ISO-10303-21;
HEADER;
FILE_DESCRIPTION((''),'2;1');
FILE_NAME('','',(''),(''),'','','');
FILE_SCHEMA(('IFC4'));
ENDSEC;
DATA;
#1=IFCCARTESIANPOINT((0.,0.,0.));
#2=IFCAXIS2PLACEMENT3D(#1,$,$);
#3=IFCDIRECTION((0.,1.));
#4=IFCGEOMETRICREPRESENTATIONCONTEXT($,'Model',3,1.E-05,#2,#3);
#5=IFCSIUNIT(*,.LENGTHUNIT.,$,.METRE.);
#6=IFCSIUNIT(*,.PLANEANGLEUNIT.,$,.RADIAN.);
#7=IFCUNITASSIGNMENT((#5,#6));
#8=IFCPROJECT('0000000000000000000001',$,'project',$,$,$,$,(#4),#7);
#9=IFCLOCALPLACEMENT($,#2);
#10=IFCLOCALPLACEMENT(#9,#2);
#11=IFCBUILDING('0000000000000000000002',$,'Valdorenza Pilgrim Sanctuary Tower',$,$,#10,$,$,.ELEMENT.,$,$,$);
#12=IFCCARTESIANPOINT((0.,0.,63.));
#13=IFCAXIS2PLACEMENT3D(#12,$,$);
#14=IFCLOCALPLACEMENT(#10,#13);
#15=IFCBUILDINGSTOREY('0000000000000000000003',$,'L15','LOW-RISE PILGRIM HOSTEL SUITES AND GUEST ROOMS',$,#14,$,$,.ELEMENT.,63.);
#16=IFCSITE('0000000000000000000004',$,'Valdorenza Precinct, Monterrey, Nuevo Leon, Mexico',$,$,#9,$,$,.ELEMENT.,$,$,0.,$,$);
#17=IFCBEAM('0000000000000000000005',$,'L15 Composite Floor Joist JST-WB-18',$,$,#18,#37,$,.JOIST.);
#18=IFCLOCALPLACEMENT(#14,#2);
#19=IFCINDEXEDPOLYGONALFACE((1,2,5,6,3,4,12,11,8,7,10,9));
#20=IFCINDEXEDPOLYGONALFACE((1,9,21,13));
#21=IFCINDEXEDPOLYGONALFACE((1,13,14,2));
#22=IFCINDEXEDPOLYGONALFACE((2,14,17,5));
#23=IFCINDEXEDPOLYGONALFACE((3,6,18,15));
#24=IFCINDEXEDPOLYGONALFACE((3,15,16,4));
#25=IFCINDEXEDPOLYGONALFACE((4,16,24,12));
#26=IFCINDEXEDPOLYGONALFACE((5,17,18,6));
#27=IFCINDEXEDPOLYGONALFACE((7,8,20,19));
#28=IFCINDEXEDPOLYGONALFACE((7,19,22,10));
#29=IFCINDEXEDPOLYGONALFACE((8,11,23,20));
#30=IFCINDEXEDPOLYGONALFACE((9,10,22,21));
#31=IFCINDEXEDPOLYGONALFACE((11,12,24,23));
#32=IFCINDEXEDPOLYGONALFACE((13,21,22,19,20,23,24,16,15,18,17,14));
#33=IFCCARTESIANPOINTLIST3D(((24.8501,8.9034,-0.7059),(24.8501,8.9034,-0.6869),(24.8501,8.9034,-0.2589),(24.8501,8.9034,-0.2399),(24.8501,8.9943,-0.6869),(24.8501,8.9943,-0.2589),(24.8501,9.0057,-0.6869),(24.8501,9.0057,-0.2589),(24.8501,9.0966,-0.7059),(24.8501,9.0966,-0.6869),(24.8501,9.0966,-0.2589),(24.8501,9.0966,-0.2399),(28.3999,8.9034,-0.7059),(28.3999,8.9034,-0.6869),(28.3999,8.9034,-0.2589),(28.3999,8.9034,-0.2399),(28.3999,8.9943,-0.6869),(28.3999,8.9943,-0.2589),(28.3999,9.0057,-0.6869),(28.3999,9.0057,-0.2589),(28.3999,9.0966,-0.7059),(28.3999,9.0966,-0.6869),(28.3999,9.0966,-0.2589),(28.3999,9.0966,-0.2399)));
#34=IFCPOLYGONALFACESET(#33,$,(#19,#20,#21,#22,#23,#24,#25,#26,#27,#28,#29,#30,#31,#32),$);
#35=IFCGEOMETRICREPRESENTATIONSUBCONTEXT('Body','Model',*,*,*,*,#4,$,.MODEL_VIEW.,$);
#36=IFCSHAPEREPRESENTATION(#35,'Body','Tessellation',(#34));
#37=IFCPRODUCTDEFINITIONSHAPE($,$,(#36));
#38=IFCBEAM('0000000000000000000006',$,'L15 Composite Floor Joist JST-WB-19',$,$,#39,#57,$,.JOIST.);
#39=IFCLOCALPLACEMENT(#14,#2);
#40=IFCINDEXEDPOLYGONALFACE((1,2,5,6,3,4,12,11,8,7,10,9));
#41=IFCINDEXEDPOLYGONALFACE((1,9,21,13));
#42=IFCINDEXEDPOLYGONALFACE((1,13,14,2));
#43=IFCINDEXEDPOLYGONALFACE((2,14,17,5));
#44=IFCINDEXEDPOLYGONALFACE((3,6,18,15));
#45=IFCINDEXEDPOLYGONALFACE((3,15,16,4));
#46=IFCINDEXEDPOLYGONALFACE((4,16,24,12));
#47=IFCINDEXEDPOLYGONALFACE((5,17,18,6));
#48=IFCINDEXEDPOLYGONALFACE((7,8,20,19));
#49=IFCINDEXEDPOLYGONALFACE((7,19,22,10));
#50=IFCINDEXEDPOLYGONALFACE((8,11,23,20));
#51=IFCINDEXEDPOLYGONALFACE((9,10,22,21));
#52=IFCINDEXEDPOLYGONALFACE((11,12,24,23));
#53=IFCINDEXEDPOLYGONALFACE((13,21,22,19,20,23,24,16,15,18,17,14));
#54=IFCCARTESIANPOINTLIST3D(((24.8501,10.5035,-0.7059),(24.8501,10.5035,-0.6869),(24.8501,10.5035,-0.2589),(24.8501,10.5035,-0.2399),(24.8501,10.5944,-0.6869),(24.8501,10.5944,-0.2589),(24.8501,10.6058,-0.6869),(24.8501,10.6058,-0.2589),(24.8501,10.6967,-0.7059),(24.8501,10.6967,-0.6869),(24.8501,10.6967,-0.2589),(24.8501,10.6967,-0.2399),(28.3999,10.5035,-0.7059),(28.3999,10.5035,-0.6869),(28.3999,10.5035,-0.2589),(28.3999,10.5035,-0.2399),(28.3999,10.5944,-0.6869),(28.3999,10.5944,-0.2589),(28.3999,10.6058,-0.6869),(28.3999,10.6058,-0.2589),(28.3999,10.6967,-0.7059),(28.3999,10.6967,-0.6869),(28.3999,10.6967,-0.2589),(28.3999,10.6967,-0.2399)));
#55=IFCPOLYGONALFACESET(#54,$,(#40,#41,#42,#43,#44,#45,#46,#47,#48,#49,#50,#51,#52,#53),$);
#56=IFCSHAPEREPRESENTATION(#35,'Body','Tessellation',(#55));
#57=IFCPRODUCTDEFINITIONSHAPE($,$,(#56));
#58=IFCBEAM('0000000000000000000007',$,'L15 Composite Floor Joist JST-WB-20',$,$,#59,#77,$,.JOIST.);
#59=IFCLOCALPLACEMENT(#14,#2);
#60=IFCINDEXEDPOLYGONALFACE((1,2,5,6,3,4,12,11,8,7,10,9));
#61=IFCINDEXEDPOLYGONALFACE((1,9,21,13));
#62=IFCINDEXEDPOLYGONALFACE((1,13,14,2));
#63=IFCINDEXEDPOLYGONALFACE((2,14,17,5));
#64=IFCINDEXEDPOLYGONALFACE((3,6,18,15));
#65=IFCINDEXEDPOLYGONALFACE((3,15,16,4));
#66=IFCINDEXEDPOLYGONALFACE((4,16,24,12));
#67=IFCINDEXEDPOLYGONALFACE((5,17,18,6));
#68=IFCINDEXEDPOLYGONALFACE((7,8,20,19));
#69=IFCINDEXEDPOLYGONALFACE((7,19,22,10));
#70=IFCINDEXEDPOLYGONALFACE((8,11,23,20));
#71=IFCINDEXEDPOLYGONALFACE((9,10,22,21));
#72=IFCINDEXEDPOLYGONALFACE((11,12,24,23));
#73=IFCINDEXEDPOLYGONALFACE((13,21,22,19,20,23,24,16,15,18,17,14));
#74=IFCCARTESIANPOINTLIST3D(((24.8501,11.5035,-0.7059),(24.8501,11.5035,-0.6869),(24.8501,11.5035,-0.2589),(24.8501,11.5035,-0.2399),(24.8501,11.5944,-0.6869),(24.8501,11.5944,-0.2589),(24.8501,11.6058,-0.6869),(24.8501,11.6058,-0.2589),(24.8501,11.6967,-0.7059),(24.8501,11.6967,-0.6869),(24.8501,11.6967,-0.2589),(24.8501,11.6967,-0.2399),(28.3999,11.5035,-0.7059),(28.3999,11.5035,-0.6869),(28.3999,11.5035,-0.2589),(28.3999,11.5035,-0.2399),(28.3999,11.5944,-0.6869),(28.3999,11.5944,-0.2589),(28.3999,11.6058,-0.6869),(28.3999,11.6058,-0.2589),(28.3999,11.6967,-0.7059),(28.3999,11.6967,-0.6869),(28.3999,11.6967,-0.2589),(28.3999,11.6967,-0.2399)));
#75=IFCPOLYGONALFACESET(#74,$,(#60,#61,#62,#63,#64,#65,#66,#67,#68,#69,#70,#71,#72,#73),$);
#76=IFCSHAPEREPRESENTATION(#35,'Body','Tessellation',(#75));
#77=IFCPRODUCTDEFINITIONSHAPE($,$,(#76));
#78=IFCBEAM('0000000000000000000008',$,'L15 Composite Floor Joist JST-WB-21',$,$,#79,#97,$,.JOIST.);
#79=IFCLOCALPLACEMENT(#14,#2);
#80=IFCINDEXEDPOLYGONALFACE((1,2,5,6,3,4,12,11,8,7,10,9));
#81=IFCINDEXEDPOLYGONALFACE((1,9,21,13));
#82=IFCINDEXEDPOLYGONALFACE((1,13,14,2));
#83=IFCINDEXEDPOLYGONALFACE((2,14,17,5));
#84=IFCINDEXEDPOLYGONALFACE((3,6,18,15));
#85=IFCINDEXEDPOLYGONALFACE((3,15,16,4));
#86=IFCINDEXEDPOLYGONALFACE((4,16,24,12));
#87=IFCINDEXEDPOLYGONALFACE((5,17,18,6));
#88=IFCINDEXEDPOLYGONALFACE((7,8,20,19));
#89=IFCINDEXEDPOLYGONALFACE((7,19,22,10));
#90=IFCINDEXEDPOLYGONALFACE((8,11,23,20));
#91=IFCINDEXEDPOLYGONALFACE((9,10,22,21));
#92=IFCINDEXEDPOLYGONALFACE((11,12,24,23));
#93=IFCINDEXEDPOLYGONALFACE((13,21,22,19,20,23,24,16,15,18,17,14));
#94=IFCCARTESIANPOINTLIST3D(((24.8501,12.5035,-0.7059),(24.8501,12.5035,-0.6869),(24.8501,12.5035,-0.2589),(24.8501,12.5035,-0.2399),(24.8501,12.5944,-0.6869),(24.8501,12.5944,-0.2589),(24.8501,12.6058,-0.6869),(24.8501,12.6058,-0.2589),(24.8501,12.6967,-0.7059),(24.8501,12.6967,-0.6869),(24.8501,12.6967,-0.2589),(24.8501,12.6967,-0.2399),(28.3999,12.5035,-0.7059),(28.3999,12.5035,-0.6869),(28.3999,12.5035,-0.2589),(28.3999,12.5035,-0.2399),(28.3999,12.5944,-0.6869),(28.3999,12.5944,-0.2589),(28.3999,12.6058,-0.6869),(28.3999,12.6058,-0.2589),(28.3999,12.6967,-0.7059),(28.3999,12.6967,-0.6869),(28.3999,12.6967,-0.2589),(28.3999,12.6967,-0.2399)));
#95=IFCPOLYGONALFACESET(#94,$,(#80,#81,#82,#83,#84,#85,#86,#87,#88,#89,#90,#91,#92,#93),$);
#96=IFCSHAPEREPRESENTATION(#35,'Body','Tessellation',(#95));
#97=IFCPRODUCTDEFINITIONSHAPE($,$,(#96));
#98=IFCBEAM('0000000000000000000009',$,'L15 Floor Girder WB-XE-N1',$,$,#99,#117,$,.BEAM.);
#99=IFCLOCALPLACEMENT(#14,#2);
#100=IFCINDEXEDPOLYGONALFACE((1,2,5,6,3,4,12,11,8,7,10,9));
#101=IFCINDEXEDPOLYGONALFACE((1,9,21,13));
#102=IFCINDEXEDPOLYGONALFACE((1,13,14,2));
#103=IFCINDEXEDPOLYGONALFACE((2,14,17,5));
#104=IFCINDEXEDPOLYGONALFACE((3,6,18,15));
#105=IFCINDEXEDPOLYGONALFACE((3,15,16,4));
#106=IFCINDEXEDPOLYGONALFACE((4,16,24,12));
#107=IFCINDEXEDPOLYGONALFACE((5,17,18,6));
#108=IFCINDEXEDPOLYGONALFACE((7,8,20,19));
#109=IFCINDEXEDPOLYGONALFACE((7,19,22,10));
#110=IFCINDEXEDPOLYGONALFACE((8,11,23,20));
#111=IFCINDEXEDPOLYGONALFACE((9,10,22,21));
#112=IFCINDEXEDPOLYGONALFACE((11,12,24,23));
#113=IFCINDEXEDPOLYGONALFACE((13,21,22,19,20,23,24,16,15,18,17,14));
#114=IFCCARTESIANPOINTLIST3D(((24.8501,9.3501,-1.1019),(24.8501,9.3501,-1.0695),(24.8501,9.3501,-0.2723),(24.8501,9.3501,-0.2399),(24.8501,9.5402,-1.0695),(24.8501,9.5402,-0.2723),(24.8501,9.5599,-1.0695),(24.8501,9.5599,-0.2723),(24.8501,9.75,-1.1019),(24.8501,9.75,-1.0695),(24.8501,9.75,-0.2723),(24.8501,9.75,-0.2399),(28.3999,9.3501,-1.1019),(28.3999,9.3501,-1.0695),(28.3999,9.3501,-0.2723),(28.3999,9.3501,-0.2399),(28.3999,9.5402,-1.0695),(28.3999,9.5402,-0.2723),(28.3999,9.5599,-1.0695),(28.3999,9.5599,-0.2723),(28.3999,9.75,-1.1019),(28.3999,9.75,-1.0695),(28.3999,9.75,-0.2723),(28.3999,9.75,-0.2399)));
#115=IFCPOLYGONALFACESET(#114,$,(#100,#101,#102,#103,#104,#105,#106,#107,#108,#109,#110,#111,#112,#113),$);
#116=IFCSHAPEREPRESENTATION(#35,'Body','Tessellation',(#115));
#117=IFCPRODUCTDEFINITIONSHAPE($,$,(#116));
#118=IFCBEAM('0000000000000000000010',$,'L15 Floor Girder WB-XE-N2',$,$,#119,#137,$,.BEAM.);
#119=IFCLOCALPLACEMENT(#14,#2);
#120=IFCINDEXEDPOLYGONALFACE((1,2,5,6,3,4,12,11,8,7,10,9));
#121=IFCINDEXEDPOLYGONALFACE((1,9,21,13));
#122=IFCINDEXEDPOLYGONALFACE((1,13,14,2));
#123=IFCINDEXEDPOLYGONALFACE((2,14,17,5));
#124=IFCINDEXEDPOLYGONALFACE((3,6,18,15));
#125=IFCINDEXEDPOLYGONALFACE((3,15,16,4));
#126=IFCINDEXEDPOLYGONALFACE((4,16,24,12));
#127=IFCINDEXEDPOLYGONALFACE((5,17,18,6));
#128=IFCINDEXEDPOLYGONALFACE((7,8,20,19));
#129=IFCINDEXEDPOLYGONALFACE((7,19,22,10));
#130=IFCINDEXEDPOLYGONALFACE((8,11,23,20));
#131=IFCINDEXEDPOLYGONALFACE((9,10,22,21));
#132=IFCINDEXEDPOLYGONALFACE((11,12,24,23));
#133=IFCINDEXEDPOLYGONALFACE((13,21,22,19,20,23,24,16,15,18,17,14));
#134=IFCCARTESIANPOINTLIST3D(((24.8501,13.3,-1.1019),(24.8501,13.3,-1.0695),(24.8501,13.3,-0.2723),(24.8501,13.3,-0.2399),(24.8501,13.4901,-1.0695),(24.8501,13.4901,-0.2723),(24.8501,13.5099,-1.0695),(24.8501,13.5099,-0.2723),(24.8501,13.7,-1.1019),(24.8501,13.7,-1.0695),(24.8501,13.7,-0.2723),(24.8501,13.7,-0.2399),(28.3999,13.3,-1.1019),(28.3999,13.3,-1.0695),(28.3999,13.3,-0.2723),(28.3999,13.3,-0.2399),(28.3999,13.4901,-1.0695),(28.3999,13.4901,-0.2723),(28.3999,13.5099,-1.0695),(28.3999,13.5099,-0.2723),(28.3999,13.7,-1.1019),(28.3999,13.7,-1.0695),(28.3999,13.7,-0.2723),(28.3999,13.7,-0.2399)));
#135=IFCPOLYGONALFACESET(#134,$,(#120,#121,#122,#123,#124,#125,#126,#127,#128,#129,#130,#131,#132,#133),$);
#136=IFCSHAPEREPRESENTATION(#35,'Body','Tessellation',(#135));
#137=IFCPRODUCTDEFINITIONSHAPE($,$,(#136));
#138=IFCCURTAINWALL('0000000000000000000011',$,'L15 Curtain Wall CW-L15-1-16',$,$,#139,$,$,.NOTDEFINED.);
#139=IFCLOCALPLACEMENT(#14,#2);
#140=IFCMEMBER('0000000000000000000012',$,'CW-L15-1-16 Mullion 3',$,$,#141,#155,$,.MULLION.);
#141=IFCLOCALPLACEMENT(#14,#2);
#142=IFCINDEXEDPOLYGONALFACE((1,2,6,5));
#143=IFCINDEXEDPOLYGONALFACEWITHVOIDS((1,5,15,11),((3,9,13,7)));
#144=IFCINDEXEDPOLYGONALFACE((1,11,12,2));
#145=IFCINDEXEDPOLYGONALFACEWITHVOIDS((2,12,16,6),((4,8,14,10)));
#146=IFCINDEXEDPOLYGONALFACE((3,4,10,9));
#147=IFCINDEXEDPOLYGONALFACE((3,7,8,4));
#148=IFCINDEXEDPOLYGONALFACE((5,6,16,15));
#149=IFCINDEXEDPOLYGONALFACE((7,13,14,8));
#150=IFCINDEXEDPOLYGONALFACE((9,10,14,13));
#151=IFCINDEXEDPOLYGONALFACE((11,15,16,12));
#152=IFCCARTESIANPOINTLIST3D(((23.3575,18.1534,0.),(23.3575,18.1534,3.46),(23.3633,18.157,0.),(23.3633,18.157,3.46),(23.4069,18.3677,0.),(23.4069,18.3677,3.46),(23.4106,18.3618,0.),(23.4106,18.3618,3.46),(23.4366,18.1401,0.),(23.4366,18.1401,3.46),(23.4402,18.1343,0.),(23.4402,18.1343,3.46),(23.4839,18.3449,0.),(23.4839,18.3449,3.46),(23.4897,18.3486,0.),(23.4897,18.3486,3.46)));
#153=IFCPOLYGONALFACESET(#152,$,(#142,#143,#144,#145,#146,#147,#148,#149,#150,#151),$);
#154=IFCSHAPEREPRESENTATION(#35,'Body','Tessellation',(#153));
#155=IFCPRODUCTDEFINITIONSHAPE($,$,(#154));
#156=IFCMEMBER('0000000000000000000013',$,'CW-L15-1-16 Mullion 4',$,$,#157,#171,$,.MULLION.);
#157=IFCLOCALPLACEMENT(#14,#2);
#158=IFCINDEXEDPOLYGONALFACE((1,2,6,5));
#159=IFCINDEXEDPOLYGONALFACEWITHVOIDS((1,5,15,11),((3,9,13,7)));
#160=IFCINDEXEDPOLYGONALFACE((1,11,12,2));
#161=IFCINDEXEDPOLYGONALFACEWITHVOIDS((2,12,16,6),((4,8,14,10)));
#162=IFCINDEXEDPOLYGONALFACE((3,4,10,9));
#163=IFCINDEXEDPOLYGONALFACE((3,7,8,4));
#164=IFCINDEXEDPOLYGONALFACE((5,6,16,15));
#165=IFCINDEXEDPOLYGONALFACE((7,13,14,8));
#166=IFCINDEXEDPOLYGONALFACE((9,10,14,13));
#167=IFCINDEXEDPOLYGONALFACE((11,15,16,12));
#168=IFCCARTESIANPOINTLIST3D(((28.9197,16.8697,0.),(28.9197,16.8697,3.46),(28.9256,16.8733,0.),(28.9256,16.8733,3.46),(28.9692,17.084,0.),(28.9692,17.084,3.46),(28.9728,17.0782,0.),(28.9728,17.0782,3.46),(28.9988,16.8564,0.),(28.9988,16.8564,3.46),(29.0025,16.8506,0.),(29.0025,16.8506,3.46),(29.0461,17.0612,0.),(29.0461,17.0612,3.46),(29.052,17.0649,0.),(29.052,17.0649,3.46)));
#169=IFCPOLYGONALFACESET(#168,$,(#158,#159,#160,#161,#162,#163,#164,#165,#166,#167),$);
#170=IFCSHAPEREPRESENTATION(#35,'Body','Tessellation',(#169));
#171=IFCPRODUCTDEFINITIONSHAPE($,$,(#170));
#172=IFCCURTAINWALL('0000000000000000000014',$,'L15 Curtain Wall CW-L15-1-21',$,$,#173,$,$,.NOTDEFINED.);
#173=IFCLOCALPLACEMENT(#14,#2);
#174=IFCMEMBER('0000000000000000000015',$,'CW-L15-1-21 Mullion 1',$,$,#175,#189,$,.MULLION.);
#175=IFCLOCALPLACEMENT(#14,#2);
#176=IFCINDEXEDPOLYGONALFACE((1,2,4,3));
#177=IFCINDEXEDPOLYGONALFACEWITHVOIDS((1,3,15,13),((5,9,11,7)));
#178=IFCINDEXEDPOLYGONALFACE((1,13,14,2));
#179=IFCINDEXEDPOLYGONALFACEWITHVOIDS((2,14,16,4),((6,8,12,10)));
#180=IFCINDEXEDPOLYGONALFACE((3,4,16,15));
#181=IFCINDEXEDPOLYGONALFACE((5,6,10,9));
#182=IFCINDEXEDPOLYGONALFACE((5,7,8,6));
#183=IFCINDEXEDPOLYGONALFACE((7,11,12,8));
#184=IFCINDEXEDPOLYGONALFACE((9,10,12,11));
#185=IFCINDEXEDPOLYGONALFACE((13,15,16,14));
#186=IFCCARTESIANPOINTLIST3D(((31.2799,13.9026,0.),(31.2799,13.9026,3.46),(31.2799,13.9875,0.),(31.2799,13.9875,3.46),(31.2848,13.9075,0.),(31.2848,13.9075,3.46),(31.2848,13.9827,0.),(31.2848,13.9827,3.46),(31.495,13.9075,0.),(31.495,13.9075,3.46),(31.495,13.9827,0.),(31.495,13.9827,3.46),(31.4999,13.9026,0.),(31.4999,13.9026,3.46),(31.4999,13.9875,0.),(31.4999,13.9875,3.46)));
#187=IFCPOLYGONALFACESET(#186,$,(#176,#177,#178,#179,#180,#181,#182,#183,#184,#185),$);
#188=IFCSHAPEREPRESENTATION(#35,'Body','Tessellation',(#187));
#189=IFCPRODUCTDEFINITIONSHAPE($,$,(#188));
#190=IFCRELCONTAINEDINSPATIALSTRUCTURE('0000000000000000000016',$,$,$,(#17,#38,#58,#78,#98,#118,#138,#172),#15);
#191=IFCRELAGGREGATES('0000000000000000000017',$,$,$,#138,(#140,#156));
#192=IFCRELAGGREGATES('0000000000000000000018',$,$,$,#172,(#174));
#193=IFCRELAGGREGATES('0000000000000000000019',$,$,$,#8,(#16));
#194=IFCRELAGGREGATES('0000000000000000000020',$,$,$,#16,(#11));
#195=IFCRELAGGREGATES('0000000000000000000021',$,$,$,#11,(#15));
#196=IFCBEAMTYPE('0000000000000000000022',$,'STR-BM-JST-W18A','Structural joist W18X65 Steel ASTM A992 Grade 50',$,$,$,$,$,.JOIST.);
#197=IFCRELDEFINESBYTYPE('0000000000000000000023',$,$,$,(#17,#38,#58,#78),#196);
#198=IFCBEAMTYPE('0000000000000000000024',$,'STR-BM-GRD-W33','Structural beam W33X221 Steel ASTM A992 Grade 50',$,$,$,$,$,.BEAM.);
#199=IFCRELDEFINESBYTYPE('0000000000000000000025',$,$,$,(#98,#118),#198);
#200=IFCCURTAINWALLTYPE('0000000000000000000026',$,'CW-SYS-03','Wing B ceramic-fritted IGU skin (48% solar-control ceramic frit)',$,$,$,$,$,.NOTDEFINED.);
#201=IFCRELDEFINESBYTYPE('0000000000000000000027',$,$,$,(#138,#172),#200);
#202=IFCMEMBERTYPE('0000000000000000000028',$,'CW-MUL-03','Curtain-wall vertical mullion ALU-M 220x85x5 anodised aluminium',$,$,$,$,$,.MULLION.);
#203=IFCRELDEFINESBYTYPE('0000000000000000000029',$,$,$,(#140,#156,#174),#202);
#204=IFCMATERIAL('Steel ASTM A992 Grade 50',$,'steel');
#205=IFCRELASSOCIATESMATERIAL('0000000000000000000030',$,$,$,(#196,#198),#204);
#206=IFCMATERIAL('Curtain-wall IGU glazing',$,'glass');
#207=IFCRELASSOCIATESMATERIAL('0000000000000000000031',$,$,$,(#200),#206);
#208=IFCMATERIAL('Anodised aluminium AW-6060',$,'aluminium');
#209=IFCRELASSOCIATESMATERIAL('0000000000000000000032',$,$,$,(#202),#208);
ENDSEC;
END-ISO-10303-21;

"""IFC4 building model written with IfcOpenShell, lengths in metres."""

from ifc_helpers import new_model, si_unit, direction, frame, origin, origin_2d, place, context, subcontext, project, spatial, hollow_rectangle, i_section, extrude, source, transform, mapped, material, material_profile, profile_set, type_object, element, aggregate, save


model = new_model("IFC4")

# Units and contexts
model_context = context("Model", 3, precision=1e-05, world=origin(), true_north=direction((0.0, 1.0)))
body_context = subcontext(model_context, "Body", "Model", "MODEL_VIEW")
ifc_project = project(units=[si_unit("LENGTHUNIT", "METRE"), si_unit("PLANEANGLEUNIT", "RADIAN")], contexts=[model_context])

# Site, building, storey
site_placement = place(None, origin())
site = spatial("IfcSite", under=ifc_project, at=site_placement, Name="Valdorenza Precinct, Monterrey, Nuevo Leon, Mexico", CompositionType="ELEMENT", RefElevation=0.0)
building_placement = place(site_placement, origin())
building = spatial("IfcBuilding", under=site, at=building_placement, Name="Valdorenza Pilgrim Sanctuary Tower", CompositionType="ELEMENT")
storey_placement = place(building_placement, frame((0.0, 0.0, 63.0)))
storey = spatial("IfcBuildingStorey", under=building, at=storey_placement, Name="L15", Description="LOW-RISE PILGRIM HOSTEL SUITES AND GUEST ROOMS", CompositionType="ELEMENT", Elevation=63.0)

# Beams
ifc_material_1 = material(Name="Steel ASTM A992 Grade 50", Category="steel")
ifc_material_profile_1 = material_profile(ifc_material_1, i_section(OverallWidth=0.1931, OverallDepth=0.4661, WebThickness=0.0115, FlangeThickness=0.019, at=origin_2d()), Name="W18X65")
ifc_profile_set_1 = profile_set([ifc_material_profile_1], Name="Steel ASTM A992 Grade 50")
beam_type_1 = type_object("IfcBeamType", Name="STR-BM-JST-W18A", Description="Structural joist W18X65 Steel ASTM A992 Grade 50", PredefinedType="JOIST", material=ifc_profile_set_1)
shared_shape_1 = source(origin(), body_context, "Body", "SweptSolid", [
    extrude(i_section(OverallWidth=0.1931, OverallDepth=0.4661, WebThickness=0.0115, FlangeThickness=0.019, at=origin_2d()), origin(), (0.0, 0.0, 1.0), 3.5498),
])
for number, where, z_axis, x_axis, name in (
    (1, (24.8501, 9.0, -0.4729), (1.0, 0.0, 0.0), (0.0, 1.0, 0.0), "L15 Composite Floor Joist JST-WB-18"),
    (2, (24.8501, 10.6001, -0.4729), (1.0, 0.0, 0.0), (0.0, 1.0, 0.0), "L15 Composite Floor Joist JST-WB-19"),
    (3, (24.8501, 11.6001, -0.4729), (1.0, 0.0, 0.0), (0.0, 1.0, 0.0), "L15 Composite Floor Joist JST-WB-20"),
    (4, (24.8501, 12.6001, -0.4729), (1.0, 0.0, 0.0), (0.0, 1.0, 0.0), "L15 Composite Floor Joist JST-WB-21"),
):
    element("IfcBeam", number, at=place(storey_placement, frame(where, z_axis=z_axis, x_axis=x_axis)), inside=storey, type_object=beam_type_1, Name=name, PredefinedType="JOIST", context=body_context, shape_type="MappedRepresentation", body=[
        mapped(shared_shape_1, transform((0.0, 0.0, 0.0), x_axis=(1.0, 0.0, 0.0), y_axis=(0.0, 1.0, 0.0), z_axis=(0.0, 0.0, 1.0), scale=1.0)),
    ])
ifc_material_profile_2 = material_profile(ifc_material_1, i_section(OverallWidth=0.3999, OverallDepth=0.8621, WebThickness=0.0198, FlangeThickness=0.0325, at=origin_2d()), Name="W33X221")
ifc_profile_set_2 = profile_set([ifc_material_profile_2], Name="Steel ASTM A992 Grade 50")
beam_type_2 = type_object("IfcBeamType", Name="STR-BM-GRD-W33", Description="Structural beam W33X221 Steel ASTM A992 Grade 50", PredefinedType="BEAM", material=ifc_profile_set_2)
shared_shape_2 = source(origin(), body_context, "Body", "SweptSolid", [
    extrude(i_section(OverallWidth=0.3999, OverallDepth=0.8621, WebThickness=0.0198, FlangeThickness=0.0325, at=origin_2d()), origin(), (0.0, 0.0, 1.0), 3.5498),
])
for number, where, z_axis, x_axis, name in (
    (5, (24.8501, 9.55, -0.6709), (1.0, 0.0, 0.0), (0.0, 1.0, 0.0), "L15 Floor Girder WB-XE-N1"),
    (6, (24.8501, 13.5, -0.6709), (1.0, 0.0, 0.0), (0.0, 1.0, 0.0), "L15 Floor Girder WB-XE-N2"),
):
    element("IfcBeam", number, at=place(storey_placement, frame(where, z_axis=z_axis, x_axis=x_axis)), inside=storey, type_object=beam_type_2, Name=name, PredefinedType="BEAM", context=body_context, shape_type="MappedRepresentation", body=[
        mapped(shared_shape_2, transform((0.0, 0.0, 0.0), x_axis=(1.0, 0.0, 0.0), y_axis=(0.0, 1.0, 0.0), z_axis=(0.0, 0.0, 1.0), scale=1.0)),
    ])

# Curtain walls, members
ifc_material_2 = material(Name="Curtain-wall IGU glazing", Category="glass")
curtain_wall_type = type_object("IfcCurtainWallType", Name="CW-SYS-03", Description="Wing B ceramic-fritted IGU skin (48% solar-control ceramic frit)", PredefinedType="NOTDEFINED", material=ifc_material_2)
curtain_wall_1_placement = place(storey_placement, origin())
curtain_wall_1 = element("IfcCurtainWall", 7, at=curtain_wall_1_placement, inside=storey, type_object=curtain_wall_type, Name="L15 Curtain Wall CW-L15-1-16", PredefinedType="NOTDEFINED")
ifc_material_3 = material(Name="Anodised aluminium AW-6060", Category="aluminium")
ifc_material_profile_3 = material_profile(ifc_material_3, hollow_rectangle(XDim=0.085, YDim=0.22, WallThickness=0.0049, at=origin_2d()), Name="ALU-M 220x85x5")
ifc_profile_set_3 = profile_set([ifc_material_profile_3], Name="Anodised aluminium AW-6060")
member_type_1 = type_object("IfcMemberType", Name="CW-MUL-03", Description="Curtain-wall vertical mullion ALU-M 220x85x5 anodised aluminium", PredefinedType="MULLION", material=ifc_profile_set_3)
shared_shape_3 = source(origin(), body_context, "Body", "SweptSolid", [
    extrude(hollow_rectangle(XDim=0.085, YDim=0.22, WallThickness=0.0049, at=origin_2d()), origin(), (0.0, 0.0, 1.0), 3.46),
])
member_1_placement = place(storey_placement, frame((23.4236, 18.251, 0.0), z_axis=(0.0, 0.0, 1.0), x_axis=(0.97439, -0.224866, 0.0)))
member_1 = element("IfcMember", 8, at=member_1_placement, type_object=member_type_1, Name="CW-L15-1-16 Mullion 3", PredefinedType="MULLION", context=body_context, shape_type="MappedRepresentation", body=[
    mapped(shared_shape_3, transform((0.0, 0.0, 0.0), x_axis=(1.0, 0.0, 0.0), y_axis=(0.0, 1.0, 0.0), z_axis=(0.0, 0.0, 1.0), scale=1.0)),
])
member_2_placement = place(storey_placement, frame((28.9858, 16.9673, 0.0), z_axis=(0.0, 0.0, 1.0), x_axis=(0.97439, -0.224866, 0.0)))
member_2 = element("IfcMember", 9, at=member_2_placement, type_object=member_type_1, Name="CW-L15-1-16 Mullion 4", PredefinedType="MULLION", context=body_context, shape_type="MappedRepresentation", body=[
    mapped(shared_shape_3, transform((0.0, 0.0, 0.0), x_axis=(1.0, 0.0, 0.0), y_axis=(0.0, 1.0, 0.0), z_axis=(0.0, 0.0, 1.0), scale=1.0)),
])
curtain_wall_2_placement = place(storey_placement, origin())
curtain_wall_2 = element("IfcCurtainWall", 10, at=curtain_wall_2_placement, inside=storey, type_object=curtain_wall_type, Name="L15 Curtain Wall CW-L15-1-21", PredefinedType="NOTDEFINED")
member_3_placement = place(storey_placement, frame((31.3899, 13.9451, 0.0), z_axis=(0.0, 0.0, 1.0), x_axis=(0.0, -1.0, 0.0)))
member_3 = element("IfcMember", 11, at=member_3_placement, type_object=member_type_1, Name="CW-L15-1-21 Mullion 1", PredefinedType="MULLION", context=body_context, shape_type="MappedRepresentation", body=[
    mapped(shared_shape_3, transform((0.0, 0.0, 0.0), x_axis=(1.0, 0.0, 0.0), y_axis=(0.0, 1.0, 0.0), z_axis=(0.0, 0.0, 1.0), scale=1.0)),
])

aggregate(curtain_wall_1, [member_1, member_2])
aggregate(curtain_wall_2, [member_3])

save(model, "model.ifc")
